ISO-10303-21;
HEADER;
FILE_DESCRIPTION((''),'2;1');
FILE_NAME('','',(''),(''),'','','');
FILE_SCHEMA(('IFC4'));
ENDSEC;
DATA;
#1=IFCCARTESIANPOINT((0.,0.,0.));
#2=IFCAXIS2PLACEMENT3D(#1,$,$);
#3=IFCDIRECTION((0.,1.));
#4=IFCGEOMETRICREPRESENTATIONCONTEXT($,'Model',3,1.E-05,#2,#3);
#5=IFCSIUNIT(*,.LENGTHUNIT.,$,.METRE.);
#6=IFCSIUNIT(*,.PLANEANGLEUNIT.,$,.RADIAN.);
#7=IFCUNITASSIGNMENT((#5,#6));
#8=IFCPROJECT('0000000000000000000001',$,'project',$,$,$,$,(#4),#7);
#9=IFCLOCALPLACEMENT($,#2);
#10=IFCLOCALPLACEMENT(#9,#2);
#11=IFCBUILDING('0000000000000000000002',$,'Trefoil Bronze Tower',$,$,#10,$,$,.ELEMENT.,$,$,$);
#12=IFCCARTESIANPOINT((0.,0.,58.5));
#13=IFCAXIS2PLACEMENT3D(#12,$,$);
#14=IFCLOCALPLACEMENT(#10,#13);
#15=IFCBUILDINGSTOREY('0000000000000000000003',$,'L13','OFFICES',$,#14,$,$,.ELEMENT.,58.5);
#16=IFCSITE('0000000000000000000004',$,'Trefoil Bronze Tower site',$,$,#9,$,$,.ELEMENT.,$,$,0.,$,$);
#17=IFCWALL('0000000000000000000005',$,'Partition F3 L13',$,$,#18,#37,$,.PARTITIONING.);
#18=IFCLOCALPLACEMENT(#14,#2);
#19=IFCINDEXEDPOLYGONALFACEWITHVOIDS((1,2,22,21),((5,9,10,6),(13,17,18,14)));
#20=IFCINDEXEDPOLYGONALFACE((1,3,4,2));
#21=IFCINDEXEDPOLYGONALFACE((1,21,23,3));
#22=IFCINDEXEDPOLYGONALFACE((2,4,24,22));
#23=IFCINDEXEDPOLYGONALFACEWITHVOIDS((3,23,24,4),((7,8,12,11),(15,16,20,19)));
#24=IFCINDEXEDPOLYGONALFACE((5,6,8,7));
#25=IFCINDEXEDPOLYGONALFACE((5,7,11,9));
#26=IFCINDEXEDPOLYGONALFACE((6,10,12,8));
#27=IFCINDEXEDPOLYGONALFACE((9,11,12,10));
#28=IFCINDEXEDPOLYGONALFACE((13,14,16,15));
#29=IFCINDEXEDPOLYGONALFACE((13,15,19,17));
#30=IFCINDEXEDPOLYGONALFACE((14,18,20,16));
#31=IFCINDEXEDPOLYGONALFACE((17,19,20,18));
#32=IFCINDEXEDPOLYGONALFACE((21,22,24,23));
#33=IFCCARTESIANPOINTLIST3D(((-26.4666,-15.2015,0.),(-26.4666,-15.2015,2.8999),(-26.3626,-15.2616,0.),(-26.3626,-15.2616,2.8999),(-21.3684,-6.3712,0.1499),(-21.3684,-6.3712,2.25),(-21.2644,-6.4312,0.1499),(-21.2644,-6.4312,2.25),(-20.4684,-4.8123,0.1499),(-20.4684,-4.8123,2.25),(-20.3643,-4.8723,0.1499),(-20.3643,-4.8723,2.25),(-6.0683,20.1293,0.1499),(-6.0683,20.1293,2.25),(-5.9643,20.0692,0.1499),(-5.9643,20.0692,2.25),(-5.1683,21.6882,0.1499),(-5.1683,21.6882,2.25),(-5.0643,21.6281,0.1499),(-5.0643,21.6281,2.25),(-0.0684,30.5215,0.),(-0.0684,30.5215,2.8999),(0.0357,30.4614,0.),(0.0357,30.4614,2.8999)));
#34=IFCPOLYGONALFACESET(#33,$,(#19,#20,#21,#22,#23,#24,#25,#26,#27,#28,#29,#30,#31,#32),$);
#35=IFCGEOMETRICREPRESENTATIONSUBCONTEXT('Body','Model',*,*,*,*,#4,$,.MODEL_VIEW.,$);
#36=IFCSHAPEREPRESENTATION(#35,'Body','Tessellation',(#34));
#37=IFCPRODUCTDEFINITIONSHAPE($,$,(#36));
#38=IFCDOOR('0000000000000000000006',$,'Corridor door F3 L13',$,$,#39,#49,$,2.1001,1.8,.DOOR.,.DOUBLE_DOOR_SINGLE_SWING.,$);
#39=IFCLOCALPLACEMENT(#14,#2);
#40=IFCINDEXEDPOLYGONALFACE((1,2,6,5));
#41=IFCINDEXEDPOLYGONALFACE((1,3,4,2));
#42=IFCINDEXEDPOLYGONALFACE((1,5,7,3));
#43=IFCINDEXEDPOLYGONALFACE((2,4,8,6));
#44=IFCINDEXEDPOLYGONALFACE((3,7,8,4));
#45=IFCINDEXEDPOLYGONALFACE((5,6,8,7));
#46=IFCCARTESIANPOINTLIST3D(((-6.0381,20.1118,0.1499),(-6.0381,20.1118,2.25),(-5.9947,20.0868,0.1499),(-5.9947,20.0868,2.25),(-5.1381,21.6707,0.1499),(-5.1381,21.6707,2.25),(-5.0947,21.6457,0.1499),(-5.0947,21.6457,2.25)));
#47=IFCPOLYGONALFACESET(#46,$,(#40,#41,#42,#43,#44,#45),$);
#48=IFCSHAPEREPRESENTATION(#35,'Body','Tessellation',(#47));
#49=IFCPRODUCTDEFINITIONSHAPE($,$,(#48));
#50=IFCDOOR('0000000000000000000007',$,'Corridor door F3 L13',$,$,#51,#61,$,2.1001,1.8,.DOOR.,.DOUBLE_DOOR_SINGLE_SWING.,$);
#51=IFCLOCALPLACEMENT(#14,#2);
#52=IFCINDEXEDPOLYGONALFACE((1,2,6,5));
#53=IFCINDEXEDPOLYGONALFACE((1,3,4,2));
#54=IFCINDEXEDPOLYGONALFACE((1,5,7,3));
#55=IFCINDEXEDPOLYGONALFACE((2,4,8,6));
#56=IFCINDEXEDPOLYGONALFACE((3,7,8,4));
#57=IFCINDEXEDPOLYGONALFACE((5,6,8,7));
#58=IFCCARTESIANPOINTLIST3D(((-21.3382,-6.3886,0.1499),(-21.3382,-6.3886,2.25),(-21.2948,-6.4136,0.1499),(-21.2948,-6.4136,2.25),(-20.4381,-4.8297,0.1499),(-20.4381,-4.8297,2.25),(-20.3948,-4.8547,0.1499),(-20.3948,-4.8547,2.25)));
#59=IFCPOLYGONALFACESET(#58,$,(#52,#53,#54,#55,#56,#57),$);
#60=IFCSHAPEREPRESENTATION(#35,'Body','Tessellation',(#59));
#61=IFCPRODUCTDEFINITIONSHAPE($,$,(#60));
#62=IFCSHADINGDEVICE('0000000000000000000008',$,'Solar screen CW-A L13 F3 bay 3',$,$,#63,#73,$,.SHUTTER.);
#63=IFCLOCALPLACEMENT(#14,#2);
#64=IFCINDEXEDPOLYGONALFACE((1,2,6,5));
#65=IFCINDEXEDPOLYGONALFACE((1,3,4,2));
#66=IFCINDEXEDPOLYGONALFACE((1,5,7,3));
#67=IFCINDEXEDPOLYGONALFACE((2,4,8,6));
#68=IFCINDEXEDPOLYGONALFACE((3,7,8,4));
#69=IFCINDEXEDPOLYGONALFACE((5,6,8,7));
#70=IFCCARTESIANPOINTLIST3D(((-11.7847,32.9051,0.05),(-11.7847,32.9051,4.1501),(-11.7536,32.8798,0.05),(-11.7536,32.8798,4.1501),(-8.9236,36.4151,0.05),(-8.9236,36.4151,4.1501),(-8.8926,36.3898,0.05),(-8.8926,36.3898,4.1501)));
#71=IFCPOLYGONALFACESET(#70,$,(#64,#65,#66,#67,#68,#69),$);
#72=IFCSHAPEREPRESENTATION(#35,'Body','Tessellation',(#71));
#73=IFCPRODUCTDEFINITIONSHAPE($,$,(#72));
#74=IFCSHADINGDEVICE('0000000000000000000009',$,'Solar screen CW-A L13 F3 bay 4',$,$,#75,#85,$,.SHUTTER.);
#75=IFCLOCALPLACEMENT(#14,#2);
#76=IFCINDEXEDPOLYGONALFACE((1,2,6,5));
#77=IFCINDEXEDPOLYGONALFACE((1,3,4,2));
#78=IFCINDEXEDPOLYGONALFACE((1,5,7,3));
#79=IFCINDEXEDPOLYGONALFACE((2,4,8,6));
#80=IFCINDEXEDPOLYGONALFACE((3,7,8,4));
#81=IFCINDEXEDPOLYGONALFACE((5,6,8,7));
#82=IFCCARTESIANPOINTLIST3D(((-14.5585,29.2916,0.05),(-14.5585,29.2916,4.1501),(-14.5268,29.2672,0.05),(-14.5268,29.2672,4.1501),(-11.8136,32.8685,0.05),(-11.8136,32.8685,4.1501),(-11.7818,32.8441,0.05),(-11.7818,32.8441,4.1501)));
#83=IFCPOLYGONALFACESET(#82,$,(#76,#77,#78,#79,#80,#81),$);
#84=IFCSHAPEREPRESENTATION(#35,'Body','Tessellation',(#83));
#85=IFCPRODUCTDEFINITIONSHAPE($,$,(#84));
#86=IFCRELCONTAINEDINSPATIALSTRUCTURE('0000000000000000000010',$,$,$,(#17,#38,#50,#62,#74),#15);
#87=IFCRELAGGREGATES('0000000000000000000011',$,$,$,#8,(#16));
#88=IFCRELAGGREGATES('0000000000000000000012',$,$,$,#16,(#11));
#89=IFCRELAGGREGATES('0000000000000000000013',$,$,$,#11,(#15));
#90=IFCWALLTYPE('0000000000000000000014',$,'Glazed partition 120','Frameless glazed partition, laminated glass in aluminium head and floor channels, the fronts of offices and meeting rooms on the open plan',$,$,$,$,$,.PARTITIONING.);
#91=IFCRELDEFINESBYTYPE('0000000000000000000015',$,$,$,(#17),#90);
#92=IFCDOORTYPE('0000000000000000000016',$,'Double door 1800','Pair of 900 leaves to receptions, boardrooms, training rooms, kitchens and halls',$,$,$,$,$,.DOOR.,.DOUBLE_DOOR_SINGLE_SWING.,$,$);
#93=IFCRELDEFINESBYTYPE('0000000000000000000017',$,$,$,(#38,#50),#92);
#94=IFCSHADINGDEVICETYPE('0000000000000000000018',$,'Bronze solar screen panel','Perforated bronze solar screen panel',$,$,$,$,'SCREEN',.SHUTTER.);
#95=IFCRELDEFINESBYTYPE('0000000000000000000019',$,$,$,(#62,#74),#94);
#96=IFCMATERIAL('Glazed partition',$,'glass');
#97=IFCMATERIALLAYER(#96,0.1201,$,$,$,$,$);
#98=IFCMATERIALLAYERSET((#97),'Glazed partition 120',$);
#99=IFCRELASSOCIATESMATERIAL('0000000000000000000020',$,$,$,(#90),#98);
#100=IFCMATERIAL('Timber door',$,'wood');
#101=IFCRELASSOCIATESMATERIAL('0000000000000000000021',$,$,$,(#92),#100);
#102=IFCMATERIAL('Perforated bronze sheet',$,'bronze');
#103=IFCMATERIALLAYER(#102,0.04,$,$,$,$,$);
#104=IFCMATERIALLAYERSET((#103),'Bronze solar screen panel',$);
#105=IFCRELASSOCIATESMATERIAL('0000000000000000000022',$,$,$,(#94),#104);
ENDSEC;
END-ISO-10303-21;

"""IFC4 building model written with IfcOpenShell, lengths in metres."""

from ifc_helpers import new_model, si_unit, direction, frame, frame_2d, origin, origin_2d, place, context, subcontext, project, spatial, rectangle, extrude, material, layer, layer_set, type_object, element, fill, save


model = new_model("IFC4")

# Units and contexts
model_context = context("Model", 3, precision=1e-05, world=origin(), true_north=direction((0.0, 1.0)))
body_context = subcontext(model_context, "Body", "Model", "MODEL_VIEW")
ifc_project = project(units=[si_unit("LENGTHUNIT", "METRE"), si_unit("PLANEANGLEUNIT", "RADIAN")], contexts=[model_context])

# Site, building, storey
site_placement = place(None, origin())
site = spatial("IfcSite", under=ifc_project, at=site_placement, Name="Trefoil Bronze Tower site", CompositionType="ELEMENT", RefElevation=0.0)
building_placement = place(site_placement, origin())
building = spatial("IfcBuilding", under=site, at=building_placement, Name="Trefoil Bronze Tower", CompositionType="ELEMENT")
storey_placement = place(building_placement, frame((0.0, 0.0, 58.5)))
storey = spatial("IfcBuildingStorey", under=building, at=storey_placement, Name="L13", Description="OFFICES", CompositionType="ELEMENT", Elevation=58.5)

# Wall, openings, doors
ifc_material_1 = material(Name="Glazed partition", Category="glass")
ifc_layer_1 = layer(ifc_material_1, 0.1201)
ifc_layer_set_1 = layer_set([ifc_layer_1], Name="Glazed partition 120")
wall_type = type_object("IfcWallType", Name="Glazed partition 120", Description="Frameless glazed partition, laminated glass in aluminium head and floor channels, the fronts of offices and meeting rooms on the open plan", PredefinedType="PARTITIONING", material=ifc_layer_set_1)
wall_placement = place(storey_placement, frame((-0.0164, 30.4915, 0.0), z_axis=(0.0, 0.0, 1.0), x_axis=(-0.500001, -0.866025, 0.0)))
wall = element("IfcWall", 1, at=wall_placement, inside=storey, type_object=wall_type, Name="Partition F3 L13", PredefinedType="PARTITIONING", context=body_context, shape_type="SweptSolid", body=[
    extrude(rectangle(XDim=52.7964, YDim=0.1201, at=frame_2d((26.3982, 0.0))), origin(), (0.0, 0.0, 1.0), 2.8999),
])
opening_1_placement = place(wall_placement, frame((10.2, 0.0, 0.1499)))
opening_1 = element("IfcOpeningElement", 2, at=opening_1_placement, cuts=wall, PredefinedType="OPENING", context=body_context, shape_type="SweptSolid", body=[
    extrude(rectangle(XDim=1.8, YDim=2.1001, at=frame_2d((0.8999, 1.05))), frame((0.0, 0.0701, 0.0), z_axis=(0.0, -1.0, 0.0), x_axis=(1.0, 0.0, 0.0)), (0.0, 0.0, 1.0), 0.1401),
])
opening_2_placement = place(wall_placement, frame((40.8, 0.0, 0.1499)))
opening_2 = element("IfcOpeningElement", 3, at=opening_2_placement, cuts=wall, PredefinedType="OPENING", context=body_context, shape_type="SweptSolid", body=[
    extrude(rectangle(XDim=1.8, YDim=2.1001, at=frame_2d((0.8999, 1.05))), frame((0.0, 0.0701, 0.0), z_axis=(0.0, -1.0, 0.0), x_axis=(1.0, 0.0, 0.0)), (0.0, 0.0, 1.0), 0.1401),
])
ifc_material_2 = material(Name="Timber door", Category="wood")
door_type = type_object("IfcDoorType", Name="Double door 1800", Description="Pair of 900 leaves to receptions, boardrooms, training rooms, kitchens and halls", OperationType="DOUBLE_DOOR_SINGLE_SWING", PredefinedType="DOOR", material=ifc_material_2)
door_1_placement = place(opening_1_placement, origin())
door_1 = element("IfcDoor", 4, at=door_1_placement, inside=storey, type_object=door_type, Name="Corridor door F3 L13", OperationType="DOUBLE_DOOR_SINGLE_SWING", OverallHeight=2.1001, OverallWidth=1.8, PredefinedType="DOOR", context=body_context, shape_type="SweptSolid", body=[
    extrude(rectangle(XDim=1.8, YDim=2.1001, at=frame_2d((0.8999, 1.05))), frame((0.0, 0.0249, 0.0), z_axis=(0.0, -1.0, 0.0), x_axis=(1.0, 0.0, 0.0)), (0.0, 0.0, 1.0), 0.05),
])
fill(opening_1, door_1)
door_2_placement = place(opening_2_placement, origin())
door_2 = element("IfcDoor", 5, at=door_2_placement, inside=storey, type_object=door_type, Name="Corridor door F3 L13", OperationType="DOUBLE_DOOR_SINGLE_SWING", OverallHeight=2.1001, OverallWidth=1.8, PredefinedType="DOOR", context=body_context, shape_type="SweptSolid", body=[
    extrude(rectangle(XDim=1.8, YDim=2.1001, at=frame_2d((0.8999, 1.05))), frame((0.0, 0.0249, 0.0), z_axis=(0.0, -1.0, 0.0), x_axis=(1.0, 0.0, 0.0)), (0.0, 0.0, 1.0), 0.05),
])
fill(opening_2, door_2)

# Shading devices
ifc_material_3 = material(Name="Perforated bronze sheet", Category="bronze")
ifc_layer_2 = layer(ifc_material_3, 0.04)
ifc_layer_set_2 = layer_set([ifc_layer_2], Name="Bronze solar screen panel")
shading_device_type = type_object("IfcShadingDeviceType", Name="Bronze solar screen panel", Description="Perforated bronze solar screen panel", ElementType="SCREEN", PredefinedType="SHUTTER", material=ifc_layer_set_2)
shading_device_1_placement = place(storey_placement, frame((-10.3386, 34.6475, 0.05), z_axis=(0.0, 0.0, 1.0), x_axis=(-0.631811, -0.775123, 0.0)))
element("IfcShadingDevice", 6, at=shading_device_1_placement, inside=storey, type_object=shading_device_type, Name="Solar screen CW-A L13 F3 bay 3", PredefinedType="SHUTTER", context=body_context, shape_type="SweptSolid", body=[
    extrude(rectangle(XDim=4.5283, YDim=0.04, at=origin_2d()), origin(), (0.0, 0.0, 1.0), 4.1001),
])
shading_device_2_placement = place(storey_placement, frame((-13.1702, 31.0679, 0.05), z_axis=(0.0, 0.0, 1.0), x_axis=(-0.608808, -0.793318, 0.0)))
element("IfcShadingDevice", 7, at=shading_device_2_placement, inside=storey, type_object=shading_device_type, Name="Solar screen CW-A L13 F3 bay 4", PredefinedType="SHUTTER", context=body_context, shape_type="SweptSolid", body=[
    extrude(rectangle(XDim=4.5088, YDim=0.04, at=origin_2d()), origin(), (0.0, 0.0, 1.0), 4.1001),
])

save(model, "model.ifc")
